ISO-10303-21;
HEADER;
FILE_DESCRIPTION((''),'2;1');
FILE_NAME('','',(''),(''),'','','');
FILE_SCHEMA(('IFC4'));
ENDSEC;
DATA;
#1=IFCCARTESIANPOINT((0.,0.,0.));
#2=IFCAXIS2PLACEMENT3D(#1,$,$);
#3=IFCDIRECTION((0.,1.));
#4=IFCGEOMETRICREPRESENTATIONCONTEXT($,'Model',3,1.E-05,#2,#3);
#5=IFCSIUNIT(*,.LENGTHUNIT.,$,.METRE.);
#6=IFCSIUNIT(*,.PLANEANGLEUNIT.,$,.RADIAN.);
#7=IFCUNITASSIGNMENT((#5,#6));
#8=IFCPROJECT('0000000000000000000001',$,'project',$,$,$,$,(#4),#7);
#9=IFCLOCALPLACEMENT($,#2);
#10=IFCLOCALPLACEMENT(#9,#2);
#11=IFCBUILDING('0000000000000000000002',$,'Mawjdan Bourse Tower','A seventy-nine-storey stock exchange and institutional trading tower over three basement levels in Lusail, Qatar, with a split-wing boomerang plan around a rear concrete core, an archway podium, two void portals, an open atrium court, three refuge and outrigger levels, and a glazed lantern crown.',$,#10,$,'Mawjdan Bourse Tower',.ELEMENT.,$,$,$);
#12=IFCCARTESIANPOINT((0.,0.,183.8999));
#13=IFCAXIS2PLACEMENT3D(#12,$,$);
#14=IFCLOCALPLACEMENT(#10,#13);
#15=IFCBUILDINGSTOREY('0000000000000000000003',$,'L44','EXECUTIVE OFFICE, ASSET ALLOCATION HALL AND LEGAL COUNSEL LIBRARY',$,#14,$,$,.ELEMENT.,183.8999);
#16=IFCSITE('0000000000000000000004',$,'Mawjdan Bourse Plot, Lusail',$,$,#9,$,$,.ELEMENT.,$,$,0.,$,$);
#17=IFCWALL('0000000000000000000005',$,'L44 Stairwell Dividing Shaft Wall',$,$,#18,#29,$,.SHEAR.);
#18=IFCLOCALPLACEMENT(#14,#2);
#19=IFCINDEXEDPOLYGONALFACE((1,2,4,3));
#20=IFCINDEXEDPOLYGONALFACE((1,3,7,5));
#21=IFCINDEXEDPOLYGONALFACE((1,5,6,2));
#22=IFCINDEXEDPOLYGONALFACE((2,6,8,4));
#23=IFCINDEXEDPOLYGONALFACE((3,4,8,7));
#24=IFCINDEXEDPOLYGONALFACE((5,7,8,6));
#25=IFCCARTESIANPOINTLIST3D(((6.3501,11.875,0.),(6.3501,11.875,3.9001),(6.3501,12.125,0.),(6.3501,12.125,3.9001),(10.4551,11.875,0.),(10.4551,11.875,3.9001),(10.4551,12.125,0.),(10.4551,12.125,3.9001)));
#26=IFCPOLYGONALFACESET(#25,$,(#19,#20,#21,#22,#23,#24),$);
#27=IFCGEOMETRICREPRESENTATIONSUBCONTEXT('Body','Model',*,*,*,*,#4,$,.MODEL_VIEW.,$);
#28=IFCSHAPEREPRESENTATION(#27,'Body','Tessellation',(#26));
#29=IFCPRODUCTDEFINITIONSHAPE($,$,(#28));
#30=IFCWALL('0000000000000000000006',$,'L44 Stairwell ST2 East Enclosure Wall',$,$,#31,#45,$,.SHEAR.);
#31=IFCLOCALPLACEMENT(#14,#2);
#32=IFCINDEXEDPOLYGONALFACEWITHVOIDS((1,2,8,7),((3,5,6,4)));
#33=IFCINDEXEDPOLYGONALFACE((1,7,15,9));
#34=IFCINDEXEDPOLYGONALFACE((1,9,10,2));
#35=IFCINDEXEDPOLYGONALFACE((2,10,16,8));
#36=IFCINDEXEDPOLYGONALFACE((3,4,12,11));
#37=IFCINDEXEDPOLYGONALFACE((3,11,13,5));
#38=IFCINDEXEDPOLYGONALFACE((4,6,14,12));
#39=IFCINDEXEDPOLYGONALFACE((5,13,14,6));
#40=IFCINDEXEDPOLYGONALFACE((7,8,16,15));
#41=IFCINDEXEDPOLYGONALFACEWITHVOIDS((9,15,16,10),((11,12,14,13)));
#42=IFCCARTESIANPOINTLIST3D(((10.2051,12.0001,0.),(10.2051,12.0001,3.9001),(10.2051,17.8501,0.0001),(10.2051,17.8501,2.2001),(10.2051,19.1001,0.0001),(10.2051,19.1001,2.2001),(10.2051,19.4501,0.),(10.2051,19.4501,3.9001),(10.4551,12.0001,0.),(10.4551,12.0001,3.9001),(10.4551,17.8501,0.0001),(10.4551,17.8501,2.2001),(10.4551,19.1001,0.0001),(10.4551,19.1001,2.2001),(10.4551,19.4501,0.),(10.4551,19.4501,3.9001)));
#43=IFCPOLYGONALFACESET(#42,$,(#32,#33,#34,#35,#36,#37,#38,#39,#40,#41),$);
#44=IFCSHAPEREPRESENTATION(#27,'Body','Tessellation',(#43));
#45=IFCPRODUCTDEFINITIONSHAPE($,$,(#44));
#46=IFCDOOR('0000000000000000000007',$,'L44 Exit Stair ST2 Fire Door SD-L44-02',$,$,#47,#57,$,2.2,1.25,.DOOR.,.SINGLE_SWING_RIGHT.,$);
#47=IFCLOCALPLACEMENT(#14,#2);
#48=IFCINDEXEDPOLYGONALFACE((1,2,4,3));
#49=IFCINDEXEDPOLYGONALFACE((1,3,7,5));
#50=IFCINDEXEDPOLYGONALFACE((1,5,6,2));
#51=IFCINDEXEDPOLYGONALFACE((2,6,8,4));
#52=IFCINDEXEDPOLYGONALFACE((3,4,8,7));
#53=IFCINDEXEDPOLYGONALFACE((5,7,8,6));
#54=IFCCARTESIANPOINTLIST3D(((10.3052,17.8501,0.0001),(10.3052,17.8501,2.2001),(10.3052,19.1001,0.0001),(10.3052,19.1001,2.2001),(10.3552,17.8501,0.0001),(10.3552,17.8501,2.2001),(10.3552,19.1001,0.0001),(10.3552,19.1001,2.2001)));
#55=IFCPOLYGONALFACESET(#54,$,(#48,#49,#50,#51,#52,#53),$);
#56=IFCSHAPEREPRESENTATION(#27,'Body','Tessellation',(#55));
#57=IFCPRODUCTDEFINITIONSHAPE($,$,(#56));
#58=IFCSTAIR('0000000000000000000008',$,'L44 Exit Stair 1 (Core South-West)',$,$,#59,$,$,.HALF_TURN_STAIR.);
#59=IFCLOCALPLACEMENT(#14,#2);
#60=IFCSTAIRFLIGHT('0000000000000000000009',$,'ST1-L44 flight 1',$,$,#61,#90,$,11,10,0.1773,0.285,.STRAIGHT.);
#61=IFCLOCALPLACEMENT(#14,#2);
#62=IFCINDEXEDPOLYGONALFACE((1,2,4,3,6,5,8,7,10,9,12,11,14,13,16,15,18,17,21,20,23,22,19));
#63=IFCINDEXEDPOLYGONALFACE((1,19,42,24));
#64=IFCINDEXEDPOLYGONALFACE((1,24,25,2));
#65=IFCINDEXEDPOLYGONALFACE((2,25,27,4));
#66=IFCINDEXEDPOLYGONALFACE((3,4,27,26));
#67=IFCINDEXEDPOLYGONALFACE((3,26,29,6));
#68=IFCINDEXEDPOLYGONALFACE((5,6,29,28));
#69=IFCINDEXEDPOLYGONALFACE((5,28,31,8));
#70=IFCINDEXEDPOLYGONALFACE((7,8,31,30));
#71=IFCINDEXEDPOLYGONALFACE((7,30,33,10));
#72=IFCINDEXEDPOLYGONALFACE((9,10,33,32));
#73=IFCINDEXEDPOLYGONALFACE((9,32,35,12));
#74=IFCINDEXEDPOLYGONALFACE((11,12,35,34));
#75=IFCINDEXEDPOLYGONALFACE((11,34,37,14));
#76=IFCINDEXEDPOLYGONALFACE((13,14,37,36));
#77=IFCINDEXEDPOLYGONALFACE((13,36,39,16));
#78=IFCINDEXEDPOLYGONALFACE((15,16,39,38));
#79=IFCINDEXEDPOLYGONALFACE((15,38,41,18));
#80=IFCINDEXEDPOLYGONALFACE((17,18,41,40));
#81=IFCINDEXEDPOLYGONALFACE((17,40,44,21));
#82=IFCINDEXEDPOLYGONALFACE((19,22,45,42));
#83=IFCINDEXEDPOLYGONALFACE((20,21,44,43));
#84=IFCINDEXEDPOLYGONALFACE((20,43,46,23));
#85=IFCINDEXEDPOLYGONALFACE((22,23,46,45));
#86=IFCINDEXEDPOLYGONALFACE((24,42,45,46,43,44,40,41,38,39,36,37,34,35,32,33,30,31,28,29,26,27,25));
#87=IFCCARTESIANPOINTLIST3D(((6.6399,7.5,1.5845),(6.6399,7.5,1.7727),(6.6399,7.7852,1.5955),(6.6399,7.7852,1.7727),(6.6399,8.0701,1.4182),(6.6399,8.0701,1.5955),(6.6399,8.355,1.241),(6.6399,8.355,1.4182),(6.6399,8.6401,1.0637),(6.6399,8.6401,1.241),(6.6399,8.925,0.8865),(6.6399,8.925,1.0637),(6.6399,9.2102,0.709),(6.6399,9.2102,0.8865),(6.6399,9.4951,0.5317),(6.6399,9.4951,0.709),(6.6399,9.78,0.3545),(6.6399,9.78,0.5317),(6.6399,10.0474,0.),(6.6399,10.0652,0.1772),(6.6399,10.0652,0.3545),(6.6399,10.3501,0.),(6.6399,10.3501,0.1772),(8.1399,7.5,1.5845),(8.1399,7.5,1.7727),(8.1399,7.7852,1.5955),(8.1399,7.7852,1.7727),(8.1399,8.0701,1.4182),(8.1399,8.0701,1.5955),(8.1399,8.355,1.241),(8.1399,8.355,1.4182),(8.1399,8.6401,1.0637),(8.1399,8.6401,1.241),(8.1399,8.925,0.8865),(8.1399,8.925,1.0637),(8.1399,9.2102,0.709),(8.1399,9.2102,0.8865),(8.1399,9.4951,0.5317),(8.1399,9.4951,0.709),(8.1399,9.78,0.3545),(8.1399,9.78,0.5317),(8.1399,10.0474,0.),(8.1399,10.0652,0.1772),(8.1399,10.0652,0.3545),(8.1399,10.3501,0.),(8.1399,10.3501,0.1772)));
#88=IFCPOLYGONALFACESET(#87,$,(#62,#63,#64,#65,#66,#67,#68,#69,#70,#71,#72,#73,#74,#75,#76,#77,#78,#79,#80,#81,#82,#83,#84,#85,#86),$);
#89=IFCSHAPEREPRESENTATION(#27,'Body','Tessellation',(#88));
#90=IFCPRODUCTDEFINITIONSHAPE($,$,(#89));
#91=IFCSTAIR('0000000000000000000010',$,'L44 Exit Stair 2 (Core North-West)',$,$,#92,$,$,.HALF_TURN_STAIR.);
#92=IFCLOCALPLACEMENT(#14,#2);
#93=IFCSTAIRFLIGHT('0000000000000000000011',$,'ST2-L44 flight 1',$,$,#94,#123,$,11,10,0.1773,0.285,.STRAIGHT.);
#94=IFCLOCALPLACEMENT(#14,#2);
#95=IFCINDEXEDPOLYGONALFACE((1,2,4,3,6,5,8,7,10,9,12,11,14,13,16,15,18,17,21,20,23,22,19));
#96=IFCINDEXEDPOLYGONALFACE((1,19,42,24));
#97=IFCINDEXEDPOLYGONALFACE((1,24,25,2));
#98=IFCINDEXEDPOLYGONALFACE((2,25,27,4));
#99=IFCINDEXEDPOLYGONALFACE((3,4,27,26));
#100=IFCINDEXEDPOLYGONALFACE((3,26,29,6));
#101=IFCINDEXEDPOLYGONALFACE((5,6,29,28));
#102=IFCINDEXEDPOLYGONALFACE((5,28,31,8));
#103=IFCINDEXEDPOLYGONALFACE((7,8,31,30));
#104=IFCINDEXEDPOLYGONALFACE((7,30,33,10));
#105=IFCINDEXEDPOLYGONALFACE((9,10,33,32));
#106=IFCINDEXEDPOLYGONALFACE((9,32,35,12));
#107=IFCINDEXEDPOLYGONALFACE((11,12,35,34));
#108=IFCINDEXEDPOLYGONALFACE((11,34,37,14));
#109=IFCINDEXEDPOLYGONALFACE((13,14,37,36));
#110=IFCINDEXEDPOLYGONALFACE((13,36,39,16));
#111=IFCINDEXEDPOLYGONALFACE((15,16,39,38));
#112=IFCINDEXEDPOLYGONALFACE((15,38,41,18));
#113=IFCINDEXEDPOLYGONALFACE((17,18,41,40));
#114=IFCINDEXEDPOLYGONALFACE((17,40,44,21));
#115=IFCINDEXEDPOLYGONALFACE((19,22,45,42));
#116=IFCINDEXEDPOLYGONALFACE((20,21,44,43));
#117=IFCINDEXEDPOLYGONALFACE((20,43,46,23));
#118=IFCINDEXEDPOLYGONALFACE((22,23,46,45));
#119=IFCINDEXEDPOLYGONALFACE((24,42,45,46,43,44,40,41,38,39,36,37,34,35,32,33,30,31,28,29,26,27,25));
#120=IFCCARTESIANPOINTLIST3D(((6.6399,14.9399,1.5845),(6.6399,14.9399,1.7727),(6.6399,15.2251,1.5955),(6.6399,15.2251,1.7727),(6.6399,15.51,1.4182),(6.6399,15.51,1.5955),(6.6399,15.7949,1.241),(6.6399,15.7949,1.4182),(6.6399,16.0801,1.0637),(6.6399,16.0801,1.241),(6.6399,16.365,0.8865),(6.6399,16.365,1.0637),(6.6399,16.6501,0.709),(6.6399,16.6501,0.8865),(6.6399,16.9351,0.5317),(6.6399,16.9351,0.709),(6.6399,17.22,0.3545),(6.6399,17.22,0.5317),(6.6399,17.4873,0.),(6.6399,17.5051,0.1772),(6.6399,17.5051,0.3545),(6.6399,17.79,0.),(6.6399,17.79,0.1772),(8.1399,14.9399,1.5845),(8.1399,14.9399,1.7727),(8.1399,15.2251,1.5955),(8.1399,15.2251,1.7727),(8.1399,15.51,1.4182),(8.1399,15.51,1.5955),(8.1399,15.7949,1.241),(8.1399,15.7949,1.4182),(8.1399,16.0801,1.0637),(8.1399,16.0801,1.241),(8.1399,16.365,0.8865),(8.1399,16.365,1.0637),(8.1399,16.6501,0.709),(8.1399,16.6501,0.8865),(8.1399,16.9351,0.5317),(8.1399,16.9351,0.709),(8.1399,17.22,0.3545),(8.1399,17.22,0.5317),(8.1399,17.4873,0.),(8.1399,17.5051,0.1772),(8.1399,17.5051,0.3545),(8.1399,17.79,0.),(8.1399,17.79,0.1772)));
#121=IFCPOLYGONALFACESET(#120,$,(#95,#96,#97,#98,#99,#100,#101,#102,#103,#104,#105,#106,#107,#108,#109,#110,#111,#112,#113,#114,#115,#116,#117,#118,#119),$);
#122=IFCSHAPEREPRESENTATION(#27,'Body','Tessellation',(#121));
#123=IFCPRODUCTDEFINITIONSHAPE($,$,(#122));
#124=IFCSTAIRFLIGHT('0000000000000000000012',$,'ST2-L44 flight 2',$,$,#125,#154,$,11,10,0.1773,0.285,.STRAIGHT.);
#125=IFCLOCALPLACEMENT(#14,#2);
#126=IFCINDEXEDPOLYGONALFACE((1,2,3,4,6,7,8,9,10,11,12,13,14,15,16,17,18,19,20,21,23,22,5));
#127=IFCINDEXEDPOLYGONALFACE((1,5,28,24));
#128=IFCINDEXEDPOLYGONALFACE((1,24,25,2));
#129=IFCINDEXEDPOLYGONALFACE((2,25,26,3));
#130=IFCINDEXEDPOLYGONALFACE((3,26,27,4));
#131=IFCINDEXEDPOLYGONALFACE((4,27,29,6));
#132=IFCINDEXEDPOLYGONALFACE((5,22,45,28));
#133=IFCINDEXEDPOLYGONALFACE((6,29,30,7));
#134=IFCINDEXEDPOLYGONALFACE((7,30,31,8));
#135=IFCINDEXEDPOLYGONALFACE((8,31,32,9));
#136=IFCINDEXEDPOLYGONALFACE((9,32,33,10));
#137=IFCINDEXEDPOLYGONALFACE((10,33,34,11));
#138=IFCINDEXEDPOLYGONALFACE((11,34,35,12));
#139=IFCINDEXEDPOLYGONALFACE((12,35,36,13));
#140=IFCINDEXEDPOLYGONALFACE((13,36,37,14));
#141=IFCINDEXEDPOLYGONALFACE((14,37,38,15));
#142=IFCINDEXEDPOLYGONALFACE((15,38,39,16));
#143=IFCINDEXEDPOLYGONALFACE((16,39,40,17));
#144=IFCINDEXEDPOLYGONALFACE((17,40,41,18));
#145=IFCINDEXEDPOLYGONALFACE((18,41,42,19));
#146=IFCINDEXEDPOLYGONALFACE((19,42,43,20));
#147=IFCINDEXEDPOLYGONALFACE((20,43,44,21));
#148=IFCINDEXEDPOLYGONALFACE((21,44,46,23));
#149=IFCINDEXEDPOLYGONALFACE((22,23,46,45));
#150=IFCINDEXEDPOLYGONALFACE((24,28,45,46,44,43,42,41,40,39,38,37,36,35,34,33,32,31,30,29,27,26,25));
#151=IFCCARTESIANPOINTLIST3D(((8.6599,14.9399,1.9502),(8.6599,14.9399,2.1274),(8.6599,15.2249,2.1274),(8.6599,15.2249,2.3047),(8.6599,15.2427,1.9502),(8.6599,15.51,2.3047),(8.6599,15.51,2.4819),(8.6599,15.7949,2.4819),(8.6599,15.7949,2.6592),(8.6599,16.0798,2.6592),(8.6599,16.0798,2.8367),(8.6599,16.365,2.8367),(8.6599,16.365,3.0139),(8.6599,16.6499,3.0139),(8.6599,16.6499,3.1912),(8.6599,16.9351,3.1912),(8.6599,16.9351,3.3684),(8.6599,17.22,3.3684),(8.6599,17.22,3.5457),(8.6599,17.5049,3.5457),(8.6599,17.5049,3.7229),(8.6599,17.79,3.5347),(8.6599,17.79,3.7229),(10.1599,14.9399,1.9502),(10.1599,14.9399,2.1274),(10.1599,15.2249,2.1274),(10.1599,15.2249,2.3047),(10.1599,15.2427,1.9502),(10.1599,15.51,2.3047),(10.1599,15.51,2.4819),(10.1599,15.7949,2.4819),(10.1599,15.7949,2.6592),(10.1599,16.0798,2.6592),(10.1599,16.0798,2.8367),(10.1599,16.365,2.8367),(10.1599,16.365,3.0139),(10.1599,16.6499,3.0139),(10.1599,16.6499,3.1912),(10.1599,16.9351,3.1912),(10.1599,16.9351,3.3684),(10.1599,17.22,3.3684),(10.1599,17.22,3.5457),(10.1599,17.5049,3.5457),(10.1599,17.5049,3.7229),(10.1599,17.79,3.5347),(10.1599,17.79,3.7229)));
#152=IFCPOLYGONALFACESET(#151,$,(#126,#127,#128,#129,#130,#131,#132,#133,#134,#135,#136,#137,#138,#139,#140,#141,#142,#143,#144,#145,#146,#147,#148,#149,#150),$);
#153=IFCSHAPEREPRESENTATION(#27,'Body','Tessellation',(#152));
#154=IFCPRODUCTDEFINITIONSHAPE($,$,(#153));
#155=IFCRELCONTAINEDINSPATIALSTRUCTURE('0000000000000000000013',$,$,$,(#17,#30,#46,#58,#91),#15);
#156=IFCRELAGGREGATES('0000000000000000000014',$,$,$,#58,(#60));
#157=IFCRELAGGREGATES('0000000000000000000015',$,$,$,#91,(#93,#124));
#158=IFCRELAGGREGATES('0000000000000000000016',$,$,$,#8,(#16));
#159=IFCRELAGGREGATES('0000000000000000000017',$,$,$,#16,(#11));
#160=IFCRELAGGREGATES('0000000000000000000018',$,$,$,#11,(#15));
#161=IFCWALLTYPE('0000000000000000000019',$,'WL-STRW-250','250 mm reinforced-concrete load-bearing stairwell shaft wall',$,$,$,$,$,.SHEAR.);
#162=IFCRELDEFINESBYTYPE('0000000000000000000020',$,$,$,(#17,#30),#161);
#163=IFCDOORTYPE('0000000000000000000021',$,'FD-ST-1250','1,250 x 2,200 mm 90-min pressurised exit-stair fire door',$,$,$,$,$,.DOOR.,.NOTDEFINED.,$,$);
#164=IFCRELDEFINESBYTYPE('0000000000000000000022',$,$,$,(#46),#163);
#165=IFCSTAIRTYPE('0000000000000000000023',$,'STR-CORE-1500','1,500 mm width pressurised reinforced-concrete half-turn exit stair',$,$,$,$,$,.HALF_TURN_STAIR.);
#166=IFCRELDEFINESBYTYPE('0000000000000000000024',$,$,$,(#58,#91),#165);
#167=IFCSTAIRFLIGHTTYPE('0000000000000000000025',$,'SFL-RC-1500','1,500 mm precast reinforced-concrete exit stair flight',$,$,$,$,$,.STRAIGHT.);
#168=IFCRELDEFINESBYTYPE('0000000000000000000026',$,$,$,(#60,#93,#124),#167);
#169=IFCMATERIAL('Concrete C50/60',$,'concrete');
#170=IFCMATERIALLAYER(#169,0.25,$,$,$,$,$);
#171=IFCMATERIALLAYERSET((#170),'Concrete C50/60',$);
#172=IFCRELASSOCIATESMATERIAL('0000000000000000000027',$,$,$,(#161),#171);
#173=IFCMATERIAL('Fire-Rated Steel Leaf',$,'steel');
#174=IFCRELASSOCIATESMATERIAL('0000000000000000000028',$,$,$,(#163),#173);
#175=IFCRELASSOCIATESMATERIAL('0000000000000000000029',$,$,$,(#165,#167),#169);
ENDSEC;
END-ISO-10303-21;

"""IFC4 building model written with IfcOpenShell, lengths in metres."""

from ifc_helpers import new_model, si_unit, direction, frame, frame_2d, origin, place, context, subcontext, project, spatial, polyline, rectangle, outline, extrude, material, layer, layer_set, type_object, element, fill, aggregate, save


model = new_model("IFC4")

# Units and contexts
model_context = context("Model", 3, precision=1e-05, world=origin(), true_north=direction((0.0, 1.0)))
body_context = subcontext(model_context, "Body", "Model", "MODEL_VIEW")
ifc_project = project(units=[si_unit("LENGTHUNIT", "METRE"), si_unit("PLANEANGLEUNIT", "RADIAN")], contexts=[model_context])

# Site, building, storey
site_placement = place(None, origin())
site = spatial("IfcSite", under=ifc_project, at=site_placement, Name="Mawjdan Bourse Plot, Lusail", CompositionType="ELEMENT", RefElevation=0.0)
building_placement = place(site_placement, origin())
building = spatial("IfcBuilding", under=site, at=building_placement, Name="Mawjdan Bourse Tower", Description="A seventy-nine-storey stock exchange and institutional trading tower over three basement levels in Lusail, Qatar, with a split-wing boomerang plan around a rear concrete core, an archway podium, two void portals, an open atrium court, three refuge and outrigger levels, and a glazed lantern crown.", LongName="Mawjdan Bourse Tower", CompositionType="ELEMENT")
storey_placement = place(building_placement, frame((0.0, 0.0, 183.8999)))
storey = spatial("IfcBuildingStorey", under=building, at=storey_placement, Name="L44", Description="EXECUTIVE OFFICE, ASSET ALLOCATION HALL AND LEGAL COUNSEL LIBRARY", CompositionType="ELEMENT", Elevation=183.8999)

# Shared definitions
ifc_material_1 = material(Name="Concrete C50/60", Category="concrete")

# Wall
ifc_layer_1 = layer(ifc_material_1, 0.25)
ifc_layer_set_1 = layer_set([ifc_layer_1], Name="Concrete C50/60")
wall_type_1 = type_object("IfcWallType", Name="WL-STRW-250", Description="250 mm reinforced-concrete load-bearing stairwell shaft wall", PredefinedType="SHEAR", material=ifc_layer_set_1)
wall_1_placement = place(storey_placement, frame((6.3501, 12.0, 0.0), z_axis=(0.0, 0.0, 1.0), x_axis=(1.0, 0.0, 0.0)))
element("IfcWall", 1, at=wall_1_placement, inside=storey, type_object=wall_type_1, Name="L44 Stairwell Dividing Shaft Wall", PredefinedType="SHEAR", context=body_context, shape_type="SweptSolid", body=[
    extrude(rectangle(XDim=4.105, YDim=0.25, at=frame_2d((2.0525, 0.0))), origin(), (0.0, 0.0, 1.0), 3.9001),
])

# Wall, opening, door
wall_2_placement = place(storey_placement, frame((10.3301, 12.0, 0.0), z_axis=(0.0, 0.0, 1.0), x_axis=(0.0, 1.0, 0.0)))
wall_2 = element("IfcWall", 2, at=wall_2_placement, inside=storey, type_object=wall_type_1, Name="L44 Stairwell ST2 East Enclosure Wall", PredefinedType="SHEAR", context=body_context, shape_type="SweptSolid", body=[
    extrude(rectangle(XDim=7.45, YDim=0.25, at=frame_2d((3.7251, 0.0))), origin(), (0.0, 0.0, 1.0), 3.9001),
])
opening_1_placement = place(wall_2_placement, frame((5.8501, 0.0, 0.0)))
opening_1 = element("IfcOpeningElement", 3, at=opening_1_placement, cuts=wall_2, PredefinedType="OPENING", context=body_context, shape_type="SweptSolid", body=[
    extrude(rectangle(XDim=1.25, YDim=2.2, at=frame_2d((0.625, 1.1001))), frame((0.0, 0.135, 0.0), z_axis=(0.0, -1.0, 0.0), x_axis=(1.0, 0.0, 0.0)), (0.0, 0.0, 1.0), 0.27),
])
ifc_material_2 = material(Name="Fire-Rated Steel Leaf", Category="steel")
door_type_1 = type_object("IfcDoorType", Name="FD-ST-1250", Description="1,250 x 2,200 mm 90-min pressurised exit-stair fire door", OperationType="NOTDEFINED", PredefinedType="DOOR", material=ifc_material_2)
door_1_placement = place(opening_1_placement, origin())
door_1 = element("IfcDoor", 4, at=door_1_placement, inside=storey, type_object=door_type_1, Name="L44 Exit Stair ST2 Fire Door SD-L44-02", OperationType="SINGLE_SWING_RIGHT", OverallHeight=2.2, OverallWidth=1.25, PredefinedType="DOOR", context=body_context, shape_type="SweptSolid", body=[
    extrude(rectangle(XDim=1.25, YDim=2.2, at=frame_2d((0.625, 1.1001))), frame((0.0, 0.0249, 0.0), z_axis=(0.0, -1.0, 0.0), x_axis=(1.0, 0.0, 0.0)), (0.0, 0.0, 1.0), 0.05),
])
fill(opening_1, door_1)

# Stair, stair flight
stair_type = type_object("IfcStairType", Name="STR-CORE-1500", Description="1,500 mm width pressurised reinforced-concrete half-turn exit stair", PredefinedType="HALF_TURN_STAIR", material=ifc_material_1)
stair_1_placement = place(storey_placement, origin())
stair_1 = element("IfcStair", 5, at=stair_1_placement, inside=storey, type_object=stair_type, Name="L44 Exit Stair 1 (Core South-West)", PredefinedType="HALF_TURN_STAIR")
stair_flight_type = type_object("IfcStairFlightType", Name="SFL-RC-1500", Description="1,500 mm precast reinforced-concrete exit stair flight", PredefinedType="STRAIGHT", material=ifc_material_1)
stair_flight_1_placement = place(storey_placement, frame((7.3899, 10.3501, 0.0), z_axis=(0.0, 0.0, 1.0), x_axis=(0.0, -1.0, 0.0)))
stair_flight_1 = element("IfcStairFlight", 6, at=stair_flight_1_placement, type_object=stair_flight_type, Name="ST1-L44 flight 1", NumberOfRisers=11, NumberOfTreads=10, PredefinedType="STRAIGHT", RiserHeight=0.1773, TreadLength=0.285, context=body_context, shape_type="SweptSolid", body=[
    extrude(outline(polyline([(0.0, 0.0), (0.0, 0.1772), (0.2849, 0.1772), (0.2849, 0.3545), (0.5701, 0.3545), (0.5701, 0.5317), (0.855, 0.5317), (0.855, 0.709), (1.1399, 0.709), (1.1399, 0.8865), (1.425, 0.8865), (1.425, 1.0637), (1.71, 1.0637), (1.71, 1.241), (1.9951, 1.241), (1.9951, 1.4182), (2.28, 1.4182), (2.28, 1.5955), (2.5649, 1.5955), (2.5649, 1.7727), (2.8501, 1.7727), (2.8501, 1.95), (2.8501, 1.5845), (0.3027, 0.0), (0.0, 0.0)])), frame((0.0, 0.75, 0.0), z_axis=(0.0, -1.0, 0.0), x_axis=(1.0, 0.0, 0.0)), (0.0, 0.0, 1.0), 1.5),
])
aggregate(stair_1, [stair_flight_1])

# Stair, stair flights
stair_2_placement = place(storey_placement, origin())
stair_2 = element("IfcStair", 7, at=stair_2_placement, inside=storey, type_object=stair_type, Name="L44 Exit Stair 2 (Core North-West)", PredefinedType="HALF_TURN_STAIR")
stair_flight_2_placement = place(storey_placement, frame((7.3899, 17.79, 0.0), z_axis=(0.0, 0.0, 1.0), x_axis=(0.0, -1.0, 0.0)))
stair_flight_2 = element("IfcStairFlight", 8, at=stair_flight_2_placement, type_object=stair_flight_type, Name="ST2-L44 flight 1", NumberOfRisers=11, NumberOfTreads=10, PredefinedType="STRAIGHT", RiserHeight=0.1773, TreadLength=0.285, context=body_context, shape_type="SweptSolid", body=[
    extrude(outline(polyline([(0.0, 0.0), (0.0, 0.1772), (0.2849, 0.1772), (0.2849, 0.3545), (0.5701, 0.3545), (0.5701, 0.5317), (0.855, 0.5317), (0.855, 0.709), (1.1399, 0.709), (1.1399, 0.8865), (1.425, 0.8865), (1.425, 1.0637), (1.71, 1.0637), (1.71, 1.241), (1.9951, 1.241), (1.9951, 1.4182), (2.28, 1.4182), (2.28, 1.5955), (2.5649, 1.5955), (2.5649, 1.7727), (2.8501, 1.7727), (2.8501, 1.95), (2.8501, 1.5845), (0.3027, 0.0), (0.0, 0.0)])), frame((0.0, 0.75, 0.0), z_axis=(0.0, -1.0, 0.0), x_axis=(1.0, 0.0, 0.0)), (0.0, 0.0, 1.0), 1.5),
])
stair_flight_3_placement = place(storey_placement, frame((9.4099, 14.9399, 1.9502), z_axis=(0.0, 0.0, 1.0), x_axis=(0.0, 1.0, 0.0)))
stair_flight_3 = element("IfcStairFlight", 9, at=stair_flight_3_placement, type_object=stair_flight_type, Name="ST2-L44 flight 2", NumberOfRisers=11, NumberOfTreads=10, PredefinedType="STRAIGHT", RiserHeight=0.1773, TreadLength=0.285, context=body_context, shape_type="SweptSolid", body=[
    extrude(outline(polyline([(0.0, 0.0), (0.0, 0.1772), (0.2849, 0.1772), (0.2849, 0.3545), (0.5701, 0.3545), (0.5701, 0.5317), (0.855, 0.5317), (0.855, 0.709), (1.1399, 0.709), (1.1399, 0.8865), (1.425, 0.8865), (1.425, 1.0637), (1.71, 1.0637), (1.71, 1.241), (1.9951, 1.241), (1.9951, 1.4182), (2.28, 1.4182), (2.28, 1.5955), (2.5649, 1.5955), (2.5649, 1.7727), (2.8501, 1.7727), (2.8501, 1.95), (2.8501, 1.5845), (0.3027, 0.0), (0.0, 0.0)])), frame((0.0, 0.75, 0.0), z_axis=(0.0, -1.0, 0.0), x_axis=(1.0, 0.0, 0.0)), (0.0, 0.0, 1.0), 1.5),
])
aggregate(stair_2, [stair_flight_2, stair_flight_3])

save(model, "model.ifc")
